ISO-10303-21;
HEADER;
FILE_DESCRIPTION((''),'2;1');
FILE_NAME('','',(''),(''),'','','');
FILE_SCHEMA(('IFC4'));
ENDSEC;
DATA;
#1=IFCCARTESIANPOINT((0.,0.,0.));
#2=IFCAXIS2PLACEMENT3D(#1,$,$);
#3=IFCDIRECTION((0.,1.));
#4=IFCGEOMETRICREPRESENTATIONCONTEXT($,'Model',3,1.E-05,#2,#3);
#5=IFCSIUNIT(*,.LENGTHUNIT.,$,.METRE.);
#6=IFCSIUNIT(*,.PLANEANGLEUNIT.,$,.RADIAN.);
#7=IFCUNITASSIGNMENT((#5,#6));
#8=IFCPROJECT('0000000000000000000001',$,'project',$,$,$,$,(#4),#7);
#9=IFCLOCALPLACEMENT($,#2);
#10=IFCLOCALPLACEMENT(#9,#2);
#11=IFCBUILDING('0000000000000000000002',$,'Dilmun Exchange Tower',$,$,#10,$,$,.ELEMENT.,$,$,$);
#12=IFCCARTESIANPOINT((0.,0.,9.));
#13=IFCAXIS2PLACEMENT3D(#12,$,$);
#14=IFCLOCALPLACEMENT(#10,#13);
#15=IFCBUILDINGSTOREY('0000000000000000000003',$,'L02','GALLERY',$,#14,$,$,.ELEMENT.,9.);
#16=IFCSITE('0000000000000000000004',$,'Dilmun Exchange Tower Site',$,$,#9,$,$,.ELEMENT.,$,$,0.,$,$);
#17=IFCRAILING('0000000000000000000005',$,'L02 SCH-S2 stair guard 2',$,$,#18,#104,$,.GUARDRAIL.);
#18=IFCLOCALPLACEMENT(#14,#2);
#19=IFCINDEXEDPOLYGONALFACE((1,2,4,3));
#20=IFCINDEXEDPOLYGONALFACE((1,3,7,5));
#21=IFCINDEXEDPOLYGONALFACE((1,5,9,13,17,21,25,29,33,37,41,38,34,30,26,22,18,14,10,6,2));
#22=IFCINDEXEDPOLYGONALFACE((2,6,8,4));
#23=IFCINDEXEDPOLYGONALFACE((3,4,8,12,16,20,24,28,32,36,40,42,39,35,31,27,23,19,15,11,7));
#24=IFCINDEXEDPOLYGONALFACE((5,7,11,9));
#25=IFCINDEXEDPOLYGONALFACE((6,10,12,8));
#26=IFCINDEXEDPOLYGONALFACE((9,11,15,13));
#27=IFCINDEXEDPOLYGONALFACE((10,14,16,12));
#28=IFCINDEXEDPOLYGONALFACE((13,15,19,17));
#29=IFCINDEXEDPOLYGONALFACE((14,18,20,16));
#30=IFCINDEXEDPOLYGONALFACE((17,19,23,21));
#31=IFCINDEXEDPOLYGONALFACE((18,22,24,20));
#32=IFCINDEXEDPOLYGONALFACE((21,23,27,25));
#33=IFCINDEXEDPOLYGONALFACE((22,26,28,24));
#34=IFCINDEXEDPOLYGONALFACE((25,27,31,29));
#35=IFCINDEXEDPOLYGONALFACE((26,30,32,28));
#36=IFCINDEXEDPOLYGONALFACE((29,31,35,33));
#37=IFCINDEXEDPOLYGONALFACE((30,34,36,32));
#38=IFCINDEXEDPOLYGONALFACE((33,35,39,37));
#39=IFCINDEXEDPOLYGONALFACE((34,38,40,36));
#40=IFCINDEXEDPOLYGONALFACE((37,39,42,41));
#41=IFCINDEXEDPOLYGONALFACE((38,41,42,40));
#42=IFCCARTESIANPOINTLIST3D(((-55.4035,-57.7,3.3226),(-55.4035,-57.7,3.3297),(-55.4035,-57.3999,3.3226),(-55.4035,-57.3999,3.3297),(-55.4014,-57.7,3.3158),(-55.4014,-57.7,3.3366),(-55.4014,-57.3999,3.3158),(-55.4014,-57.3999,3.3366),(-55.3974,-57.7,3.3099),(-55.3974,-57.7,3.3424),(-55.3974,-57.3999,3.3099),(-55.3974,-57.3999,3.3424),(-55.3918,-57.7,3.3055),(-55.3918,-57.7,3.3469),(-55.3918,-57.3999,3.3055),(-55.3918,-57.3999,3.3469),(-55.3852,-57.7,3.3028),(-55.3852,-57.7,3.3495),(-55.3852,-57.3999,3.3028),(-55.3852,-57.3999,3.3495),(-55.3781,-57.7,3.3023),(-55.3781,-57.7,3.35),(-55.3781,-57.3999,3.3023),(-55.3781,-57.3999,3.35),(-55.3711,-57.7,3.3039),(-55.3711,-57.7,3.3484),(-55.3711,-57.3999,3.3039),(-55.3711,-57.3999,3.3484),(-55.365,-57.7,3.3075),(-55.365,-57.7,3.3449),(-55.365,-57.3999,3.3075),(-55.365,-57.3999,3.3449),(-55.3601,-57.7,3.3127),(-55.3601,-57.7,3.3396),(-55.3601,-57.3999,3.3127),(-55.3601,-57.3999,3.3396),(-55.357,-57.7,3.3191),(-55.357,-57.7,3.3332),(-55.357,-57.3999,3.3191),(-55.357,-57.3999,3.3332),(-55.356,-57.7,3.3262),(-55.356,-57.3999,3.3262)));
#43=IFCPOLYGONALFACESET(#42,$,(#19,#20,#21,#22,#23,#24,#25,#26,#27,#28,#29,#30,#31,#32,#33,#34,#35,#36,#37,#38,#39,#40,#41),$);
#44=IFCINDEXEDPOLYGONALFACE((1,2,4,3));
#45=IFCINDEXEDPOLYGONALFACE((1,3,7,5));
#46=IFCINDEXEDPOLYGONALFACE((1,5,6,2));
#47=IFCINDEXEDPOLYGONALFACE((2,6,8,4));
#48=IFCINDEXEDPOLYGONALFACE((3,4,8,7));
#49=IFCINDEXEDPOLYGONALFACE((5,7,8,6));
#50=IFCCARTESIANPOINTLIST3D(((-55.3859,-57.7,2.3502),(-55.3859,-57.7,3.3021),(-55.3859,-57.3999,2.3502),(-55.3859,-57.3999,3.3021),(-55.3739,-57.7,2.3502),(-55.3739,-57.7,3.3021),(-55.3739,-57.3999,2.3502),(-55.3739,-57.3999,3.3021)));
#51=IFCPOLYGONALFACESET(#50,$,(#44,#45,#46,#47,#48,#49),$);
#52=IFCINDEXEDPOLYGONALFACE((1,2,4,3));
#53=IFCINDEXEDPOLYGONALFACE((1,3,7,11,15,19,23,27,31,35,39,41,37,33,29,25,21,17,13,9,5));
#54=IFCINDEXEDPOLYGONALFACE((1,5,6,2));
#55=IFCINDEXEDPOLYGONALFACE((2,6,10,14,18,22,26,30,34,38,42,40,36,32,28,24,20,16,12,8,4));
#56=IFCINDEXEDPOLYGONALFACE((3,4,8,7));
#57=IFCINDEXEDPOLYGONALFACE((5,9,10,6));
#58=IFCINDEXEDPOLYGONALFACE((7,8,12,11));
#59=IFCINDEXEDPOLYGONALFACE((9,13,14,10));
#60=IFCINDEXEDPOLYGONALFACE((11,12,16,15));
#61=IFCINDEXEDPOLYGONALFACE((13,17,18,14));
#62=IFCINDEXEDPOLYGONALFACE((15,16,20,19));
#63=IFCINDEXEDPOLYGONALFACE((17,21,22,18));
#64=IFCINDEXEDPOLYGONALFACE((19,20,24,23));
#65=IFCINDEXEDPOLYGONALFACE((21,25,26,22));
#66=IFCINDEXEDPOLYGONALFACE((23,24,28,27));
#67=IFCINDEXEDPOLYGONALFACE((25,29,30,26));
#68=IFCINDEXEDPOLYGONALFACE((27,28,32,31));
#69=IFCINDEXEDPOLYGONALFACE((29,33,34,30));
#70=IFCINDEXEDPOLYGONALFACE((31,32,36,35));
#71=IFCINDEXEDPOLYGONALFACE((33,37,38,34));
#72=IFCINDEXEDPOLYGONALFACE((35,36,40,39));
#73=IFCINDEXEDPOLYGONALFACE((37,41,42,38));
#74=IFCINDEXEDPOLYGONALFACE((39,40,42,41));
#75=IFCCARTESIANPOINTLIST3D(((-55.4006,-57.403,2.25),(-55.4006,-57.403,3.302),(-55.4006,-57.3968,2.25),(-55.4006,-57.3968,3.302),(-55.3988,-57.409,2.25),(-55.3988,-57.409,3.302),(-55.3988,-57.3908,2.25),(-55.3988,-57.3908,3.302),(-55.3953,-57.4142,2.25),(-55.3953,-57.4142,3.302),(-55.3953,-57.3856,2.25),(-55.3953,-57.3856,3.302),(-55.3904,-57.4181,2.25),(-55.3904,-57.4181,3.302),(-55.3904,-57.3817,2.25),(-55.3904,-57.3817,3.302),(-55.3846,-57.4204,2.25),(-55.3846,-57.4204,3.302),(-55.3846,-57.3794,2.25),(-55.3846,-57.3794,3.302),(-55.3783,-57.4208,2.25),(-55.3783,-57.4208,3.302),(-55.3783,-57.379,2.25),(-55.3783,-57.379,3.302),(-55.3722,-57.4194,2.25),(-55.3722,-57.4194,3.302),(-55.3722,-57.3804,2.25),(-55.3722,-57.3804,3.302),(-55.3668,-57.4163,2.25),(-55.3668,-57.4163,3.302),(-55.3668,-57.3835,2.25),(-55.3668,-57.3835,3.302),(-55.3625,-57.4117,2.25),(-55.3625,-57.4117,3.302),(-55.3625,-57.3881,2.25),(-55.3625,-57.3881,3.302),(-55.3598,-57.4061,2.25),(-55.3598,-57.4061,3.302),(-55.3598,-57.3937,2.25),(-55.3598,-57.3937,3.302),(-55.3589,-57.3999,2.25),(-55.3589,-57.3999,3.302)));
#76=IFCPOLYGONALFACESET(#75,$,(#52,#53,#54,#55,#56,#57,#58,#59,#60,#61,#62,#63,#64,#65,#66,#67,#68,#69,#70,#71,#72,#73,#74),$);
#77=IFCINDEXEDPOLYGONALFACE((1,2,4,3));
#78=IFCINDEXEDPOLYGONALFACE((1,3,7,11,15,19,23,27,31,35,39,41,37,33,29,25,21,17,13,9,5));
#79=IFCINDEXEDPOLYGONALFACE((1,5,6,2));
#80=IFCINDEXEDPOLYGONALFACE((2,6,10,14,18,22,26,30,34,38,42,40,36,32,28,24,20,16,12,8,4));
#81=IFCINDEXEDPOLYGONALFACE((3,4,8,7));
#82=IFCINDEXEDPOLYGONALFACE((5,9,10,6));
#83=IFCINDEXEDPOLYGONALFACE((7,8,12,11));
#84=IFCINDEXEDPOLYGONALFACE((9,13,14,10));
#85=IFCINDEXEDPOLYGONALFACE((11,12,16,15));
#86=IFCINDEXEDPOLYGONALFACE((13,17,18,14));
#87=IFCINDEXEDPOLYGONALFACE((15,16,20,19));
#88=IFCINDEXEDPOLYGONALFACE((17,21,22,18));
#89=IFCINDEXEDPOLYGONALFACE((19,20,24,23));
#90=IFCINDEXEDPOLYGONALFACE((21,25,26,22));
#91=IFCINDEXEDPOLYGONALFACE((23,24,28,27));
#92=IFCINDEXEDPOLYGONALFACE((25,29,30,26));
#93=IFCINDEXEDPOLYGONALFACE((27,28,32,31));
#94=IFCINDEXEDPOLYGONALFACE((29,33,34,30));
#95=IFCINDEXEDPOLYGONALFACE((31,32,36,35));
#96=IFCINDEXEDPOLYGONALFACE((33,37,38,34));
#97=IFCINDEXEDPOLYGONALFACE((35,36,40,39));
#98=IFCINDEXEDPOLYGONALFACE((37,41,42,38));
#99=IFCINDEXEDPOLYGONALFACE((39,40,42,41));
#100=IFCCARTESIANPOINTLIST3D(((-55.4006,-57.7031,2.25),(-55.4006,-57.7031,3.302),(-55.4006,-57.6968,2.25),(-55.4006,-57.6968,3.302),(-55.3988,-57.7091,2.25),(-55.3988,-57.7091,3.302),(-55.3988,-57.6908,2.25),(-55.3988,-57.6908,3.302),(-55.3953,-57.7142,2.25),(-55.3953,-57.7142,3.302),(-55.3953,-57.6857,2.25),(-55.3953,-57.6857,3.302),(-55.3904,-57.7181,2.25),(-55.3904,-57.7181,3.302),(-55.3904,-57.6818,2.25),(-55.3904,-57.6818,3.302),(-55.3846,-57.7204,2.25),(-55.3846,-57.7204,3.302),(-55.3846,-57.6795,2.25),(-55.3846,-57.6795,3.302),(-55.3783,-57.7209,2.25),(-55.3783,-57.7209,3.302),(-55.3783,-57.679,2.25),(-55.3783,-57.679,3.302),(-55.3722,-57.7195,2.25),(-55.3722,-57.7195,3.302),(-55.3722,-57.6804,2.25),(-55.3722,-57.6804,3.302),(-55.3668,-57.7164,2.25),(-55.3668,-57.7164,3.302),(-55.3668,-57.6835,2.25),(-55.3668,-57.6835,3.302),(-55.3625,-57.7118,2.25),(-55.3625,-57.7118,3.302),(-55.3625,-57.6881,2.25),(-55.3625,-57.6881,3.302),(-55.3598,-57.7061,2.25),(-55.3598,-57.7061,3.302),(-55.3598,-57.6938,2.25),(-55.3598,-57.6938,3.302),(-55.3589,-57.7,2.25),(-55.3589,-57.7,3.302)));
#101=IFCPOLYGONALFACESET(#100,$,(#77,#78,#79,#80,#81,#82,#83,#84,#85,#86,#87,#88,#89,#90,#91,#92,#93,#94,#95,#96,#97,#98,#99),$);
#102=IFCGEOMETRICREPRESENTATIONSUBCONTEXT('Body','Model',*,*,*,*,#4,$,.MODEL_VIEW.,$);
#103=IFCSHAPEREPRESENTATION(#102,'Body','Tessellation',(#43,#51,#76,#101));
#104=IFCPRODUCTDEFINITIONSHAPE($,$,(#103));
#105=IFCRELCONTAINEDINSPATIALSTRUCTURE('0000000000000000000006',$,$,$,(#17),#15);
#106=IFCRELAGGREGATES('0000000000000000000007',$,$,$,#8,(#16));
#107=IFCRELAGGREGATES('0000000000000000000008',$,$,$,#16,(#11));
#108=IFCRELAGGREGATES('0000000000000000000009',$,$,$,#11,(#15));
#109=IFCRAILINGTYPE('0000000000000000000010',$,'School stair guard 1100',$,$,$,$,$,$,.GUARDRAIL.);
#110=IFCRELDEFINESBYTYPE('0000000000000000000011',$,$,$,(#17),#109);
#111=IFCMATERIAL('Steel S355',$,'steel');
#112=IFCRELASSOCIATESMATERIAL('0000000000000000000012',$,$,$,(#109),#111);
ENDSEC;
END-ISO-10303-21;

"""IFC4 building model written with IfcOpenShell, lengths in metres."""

from ifc_helpers import new_model, si_unit, direction, frame, origin, origin_2d, place, context, subcontext, project, spatial, rectangle, circle, extrude, material, type_object, element, save


model = new_model("IFC4")

# Units and contexts
model_context = context("Model", 3, precision=1e-05, world=origin(), true_north=direction((0.0, 1.0)))
body_context = subcontext(model_context, "Body", "Model", "MODEL_VIEW")
ifc_project = project(units=[si_unit("LENGTHUNIT", "METRE"), si_unit("PLANEANGLEUNIT", "RADIAN")], contexts=[model_context])

# Site, building, storey
site_placement = place(None, origin())
site = spatial("IfcSite", under=ifc_project, at=site_placement, Name="Dilmun Exchange Tower Site", CompositionType="ELEMENT", RefElevation=0.0)
building_placement = place(site_placement, origin())
building = spatial("IfcBuilding", under=site, at=building_placement, Name="Dilmun Exchange Tower", CompositionType="ELEMENT")
storey_placement = place(building_placement, frame((0.0, 0.0, 9.0)))
storey = spatial("IfcBuildingStorey", under=building, at=storey_placement, Name="L02", Description="GALLERY", CompositionType="ELEMENT", Elevation=9.0)

# Railing
ifc_material_1 = material(Name="Steel S355", Category="steel")
railing_type_1 = type_object("IfcRailingType", Name="School stair guard 1100", PredefinedType="GUARDRAIL", material=ifc_material_1)
railing_1_placement = place(storey_placement, frame((-55.3799, -57.3999, 2.25)))
element("IfcRailing", 1, at=railing_1_placement, inside=storey, type_object=railing_type_1, Name="L02 SCH-S2 stair guard 2", PredefinedType="GUARDRAIL", context=body_context, shape_type="SweptSolid", body=[
    extrude(circle(Radius=0.0239, at=origin_2d()), frame((0.0, 0.0, 1.0762), z_axis=(0.0, -1.0, 0.0), x_axis=(1.0, 0.0, 0.0)), (0.0, 0.0, 1.0), 0.3),
    extrude(rectangle(XDim=0.012, YDim=0.9519, at=origin_2d()), frame((0.0, 0.0, 0.5762), z_axis=(0.0, -1.0, 0.0), x_axis=(1.0, 0.0, 0.0)), (0.0, 0.0, 1.0), 0.3),
    extrude(circle(Radius=0.021, at=origin_2d()), origin(), (0.0, 0.0, 1.0), 1.052),
    extrude(circle(Radius=0.021, at=origin_2d()), frame((0.0, -0.3, 0.0)), (0.0, 0.0, 1.0), 1.052),
])

save(model, "model.ifc")
